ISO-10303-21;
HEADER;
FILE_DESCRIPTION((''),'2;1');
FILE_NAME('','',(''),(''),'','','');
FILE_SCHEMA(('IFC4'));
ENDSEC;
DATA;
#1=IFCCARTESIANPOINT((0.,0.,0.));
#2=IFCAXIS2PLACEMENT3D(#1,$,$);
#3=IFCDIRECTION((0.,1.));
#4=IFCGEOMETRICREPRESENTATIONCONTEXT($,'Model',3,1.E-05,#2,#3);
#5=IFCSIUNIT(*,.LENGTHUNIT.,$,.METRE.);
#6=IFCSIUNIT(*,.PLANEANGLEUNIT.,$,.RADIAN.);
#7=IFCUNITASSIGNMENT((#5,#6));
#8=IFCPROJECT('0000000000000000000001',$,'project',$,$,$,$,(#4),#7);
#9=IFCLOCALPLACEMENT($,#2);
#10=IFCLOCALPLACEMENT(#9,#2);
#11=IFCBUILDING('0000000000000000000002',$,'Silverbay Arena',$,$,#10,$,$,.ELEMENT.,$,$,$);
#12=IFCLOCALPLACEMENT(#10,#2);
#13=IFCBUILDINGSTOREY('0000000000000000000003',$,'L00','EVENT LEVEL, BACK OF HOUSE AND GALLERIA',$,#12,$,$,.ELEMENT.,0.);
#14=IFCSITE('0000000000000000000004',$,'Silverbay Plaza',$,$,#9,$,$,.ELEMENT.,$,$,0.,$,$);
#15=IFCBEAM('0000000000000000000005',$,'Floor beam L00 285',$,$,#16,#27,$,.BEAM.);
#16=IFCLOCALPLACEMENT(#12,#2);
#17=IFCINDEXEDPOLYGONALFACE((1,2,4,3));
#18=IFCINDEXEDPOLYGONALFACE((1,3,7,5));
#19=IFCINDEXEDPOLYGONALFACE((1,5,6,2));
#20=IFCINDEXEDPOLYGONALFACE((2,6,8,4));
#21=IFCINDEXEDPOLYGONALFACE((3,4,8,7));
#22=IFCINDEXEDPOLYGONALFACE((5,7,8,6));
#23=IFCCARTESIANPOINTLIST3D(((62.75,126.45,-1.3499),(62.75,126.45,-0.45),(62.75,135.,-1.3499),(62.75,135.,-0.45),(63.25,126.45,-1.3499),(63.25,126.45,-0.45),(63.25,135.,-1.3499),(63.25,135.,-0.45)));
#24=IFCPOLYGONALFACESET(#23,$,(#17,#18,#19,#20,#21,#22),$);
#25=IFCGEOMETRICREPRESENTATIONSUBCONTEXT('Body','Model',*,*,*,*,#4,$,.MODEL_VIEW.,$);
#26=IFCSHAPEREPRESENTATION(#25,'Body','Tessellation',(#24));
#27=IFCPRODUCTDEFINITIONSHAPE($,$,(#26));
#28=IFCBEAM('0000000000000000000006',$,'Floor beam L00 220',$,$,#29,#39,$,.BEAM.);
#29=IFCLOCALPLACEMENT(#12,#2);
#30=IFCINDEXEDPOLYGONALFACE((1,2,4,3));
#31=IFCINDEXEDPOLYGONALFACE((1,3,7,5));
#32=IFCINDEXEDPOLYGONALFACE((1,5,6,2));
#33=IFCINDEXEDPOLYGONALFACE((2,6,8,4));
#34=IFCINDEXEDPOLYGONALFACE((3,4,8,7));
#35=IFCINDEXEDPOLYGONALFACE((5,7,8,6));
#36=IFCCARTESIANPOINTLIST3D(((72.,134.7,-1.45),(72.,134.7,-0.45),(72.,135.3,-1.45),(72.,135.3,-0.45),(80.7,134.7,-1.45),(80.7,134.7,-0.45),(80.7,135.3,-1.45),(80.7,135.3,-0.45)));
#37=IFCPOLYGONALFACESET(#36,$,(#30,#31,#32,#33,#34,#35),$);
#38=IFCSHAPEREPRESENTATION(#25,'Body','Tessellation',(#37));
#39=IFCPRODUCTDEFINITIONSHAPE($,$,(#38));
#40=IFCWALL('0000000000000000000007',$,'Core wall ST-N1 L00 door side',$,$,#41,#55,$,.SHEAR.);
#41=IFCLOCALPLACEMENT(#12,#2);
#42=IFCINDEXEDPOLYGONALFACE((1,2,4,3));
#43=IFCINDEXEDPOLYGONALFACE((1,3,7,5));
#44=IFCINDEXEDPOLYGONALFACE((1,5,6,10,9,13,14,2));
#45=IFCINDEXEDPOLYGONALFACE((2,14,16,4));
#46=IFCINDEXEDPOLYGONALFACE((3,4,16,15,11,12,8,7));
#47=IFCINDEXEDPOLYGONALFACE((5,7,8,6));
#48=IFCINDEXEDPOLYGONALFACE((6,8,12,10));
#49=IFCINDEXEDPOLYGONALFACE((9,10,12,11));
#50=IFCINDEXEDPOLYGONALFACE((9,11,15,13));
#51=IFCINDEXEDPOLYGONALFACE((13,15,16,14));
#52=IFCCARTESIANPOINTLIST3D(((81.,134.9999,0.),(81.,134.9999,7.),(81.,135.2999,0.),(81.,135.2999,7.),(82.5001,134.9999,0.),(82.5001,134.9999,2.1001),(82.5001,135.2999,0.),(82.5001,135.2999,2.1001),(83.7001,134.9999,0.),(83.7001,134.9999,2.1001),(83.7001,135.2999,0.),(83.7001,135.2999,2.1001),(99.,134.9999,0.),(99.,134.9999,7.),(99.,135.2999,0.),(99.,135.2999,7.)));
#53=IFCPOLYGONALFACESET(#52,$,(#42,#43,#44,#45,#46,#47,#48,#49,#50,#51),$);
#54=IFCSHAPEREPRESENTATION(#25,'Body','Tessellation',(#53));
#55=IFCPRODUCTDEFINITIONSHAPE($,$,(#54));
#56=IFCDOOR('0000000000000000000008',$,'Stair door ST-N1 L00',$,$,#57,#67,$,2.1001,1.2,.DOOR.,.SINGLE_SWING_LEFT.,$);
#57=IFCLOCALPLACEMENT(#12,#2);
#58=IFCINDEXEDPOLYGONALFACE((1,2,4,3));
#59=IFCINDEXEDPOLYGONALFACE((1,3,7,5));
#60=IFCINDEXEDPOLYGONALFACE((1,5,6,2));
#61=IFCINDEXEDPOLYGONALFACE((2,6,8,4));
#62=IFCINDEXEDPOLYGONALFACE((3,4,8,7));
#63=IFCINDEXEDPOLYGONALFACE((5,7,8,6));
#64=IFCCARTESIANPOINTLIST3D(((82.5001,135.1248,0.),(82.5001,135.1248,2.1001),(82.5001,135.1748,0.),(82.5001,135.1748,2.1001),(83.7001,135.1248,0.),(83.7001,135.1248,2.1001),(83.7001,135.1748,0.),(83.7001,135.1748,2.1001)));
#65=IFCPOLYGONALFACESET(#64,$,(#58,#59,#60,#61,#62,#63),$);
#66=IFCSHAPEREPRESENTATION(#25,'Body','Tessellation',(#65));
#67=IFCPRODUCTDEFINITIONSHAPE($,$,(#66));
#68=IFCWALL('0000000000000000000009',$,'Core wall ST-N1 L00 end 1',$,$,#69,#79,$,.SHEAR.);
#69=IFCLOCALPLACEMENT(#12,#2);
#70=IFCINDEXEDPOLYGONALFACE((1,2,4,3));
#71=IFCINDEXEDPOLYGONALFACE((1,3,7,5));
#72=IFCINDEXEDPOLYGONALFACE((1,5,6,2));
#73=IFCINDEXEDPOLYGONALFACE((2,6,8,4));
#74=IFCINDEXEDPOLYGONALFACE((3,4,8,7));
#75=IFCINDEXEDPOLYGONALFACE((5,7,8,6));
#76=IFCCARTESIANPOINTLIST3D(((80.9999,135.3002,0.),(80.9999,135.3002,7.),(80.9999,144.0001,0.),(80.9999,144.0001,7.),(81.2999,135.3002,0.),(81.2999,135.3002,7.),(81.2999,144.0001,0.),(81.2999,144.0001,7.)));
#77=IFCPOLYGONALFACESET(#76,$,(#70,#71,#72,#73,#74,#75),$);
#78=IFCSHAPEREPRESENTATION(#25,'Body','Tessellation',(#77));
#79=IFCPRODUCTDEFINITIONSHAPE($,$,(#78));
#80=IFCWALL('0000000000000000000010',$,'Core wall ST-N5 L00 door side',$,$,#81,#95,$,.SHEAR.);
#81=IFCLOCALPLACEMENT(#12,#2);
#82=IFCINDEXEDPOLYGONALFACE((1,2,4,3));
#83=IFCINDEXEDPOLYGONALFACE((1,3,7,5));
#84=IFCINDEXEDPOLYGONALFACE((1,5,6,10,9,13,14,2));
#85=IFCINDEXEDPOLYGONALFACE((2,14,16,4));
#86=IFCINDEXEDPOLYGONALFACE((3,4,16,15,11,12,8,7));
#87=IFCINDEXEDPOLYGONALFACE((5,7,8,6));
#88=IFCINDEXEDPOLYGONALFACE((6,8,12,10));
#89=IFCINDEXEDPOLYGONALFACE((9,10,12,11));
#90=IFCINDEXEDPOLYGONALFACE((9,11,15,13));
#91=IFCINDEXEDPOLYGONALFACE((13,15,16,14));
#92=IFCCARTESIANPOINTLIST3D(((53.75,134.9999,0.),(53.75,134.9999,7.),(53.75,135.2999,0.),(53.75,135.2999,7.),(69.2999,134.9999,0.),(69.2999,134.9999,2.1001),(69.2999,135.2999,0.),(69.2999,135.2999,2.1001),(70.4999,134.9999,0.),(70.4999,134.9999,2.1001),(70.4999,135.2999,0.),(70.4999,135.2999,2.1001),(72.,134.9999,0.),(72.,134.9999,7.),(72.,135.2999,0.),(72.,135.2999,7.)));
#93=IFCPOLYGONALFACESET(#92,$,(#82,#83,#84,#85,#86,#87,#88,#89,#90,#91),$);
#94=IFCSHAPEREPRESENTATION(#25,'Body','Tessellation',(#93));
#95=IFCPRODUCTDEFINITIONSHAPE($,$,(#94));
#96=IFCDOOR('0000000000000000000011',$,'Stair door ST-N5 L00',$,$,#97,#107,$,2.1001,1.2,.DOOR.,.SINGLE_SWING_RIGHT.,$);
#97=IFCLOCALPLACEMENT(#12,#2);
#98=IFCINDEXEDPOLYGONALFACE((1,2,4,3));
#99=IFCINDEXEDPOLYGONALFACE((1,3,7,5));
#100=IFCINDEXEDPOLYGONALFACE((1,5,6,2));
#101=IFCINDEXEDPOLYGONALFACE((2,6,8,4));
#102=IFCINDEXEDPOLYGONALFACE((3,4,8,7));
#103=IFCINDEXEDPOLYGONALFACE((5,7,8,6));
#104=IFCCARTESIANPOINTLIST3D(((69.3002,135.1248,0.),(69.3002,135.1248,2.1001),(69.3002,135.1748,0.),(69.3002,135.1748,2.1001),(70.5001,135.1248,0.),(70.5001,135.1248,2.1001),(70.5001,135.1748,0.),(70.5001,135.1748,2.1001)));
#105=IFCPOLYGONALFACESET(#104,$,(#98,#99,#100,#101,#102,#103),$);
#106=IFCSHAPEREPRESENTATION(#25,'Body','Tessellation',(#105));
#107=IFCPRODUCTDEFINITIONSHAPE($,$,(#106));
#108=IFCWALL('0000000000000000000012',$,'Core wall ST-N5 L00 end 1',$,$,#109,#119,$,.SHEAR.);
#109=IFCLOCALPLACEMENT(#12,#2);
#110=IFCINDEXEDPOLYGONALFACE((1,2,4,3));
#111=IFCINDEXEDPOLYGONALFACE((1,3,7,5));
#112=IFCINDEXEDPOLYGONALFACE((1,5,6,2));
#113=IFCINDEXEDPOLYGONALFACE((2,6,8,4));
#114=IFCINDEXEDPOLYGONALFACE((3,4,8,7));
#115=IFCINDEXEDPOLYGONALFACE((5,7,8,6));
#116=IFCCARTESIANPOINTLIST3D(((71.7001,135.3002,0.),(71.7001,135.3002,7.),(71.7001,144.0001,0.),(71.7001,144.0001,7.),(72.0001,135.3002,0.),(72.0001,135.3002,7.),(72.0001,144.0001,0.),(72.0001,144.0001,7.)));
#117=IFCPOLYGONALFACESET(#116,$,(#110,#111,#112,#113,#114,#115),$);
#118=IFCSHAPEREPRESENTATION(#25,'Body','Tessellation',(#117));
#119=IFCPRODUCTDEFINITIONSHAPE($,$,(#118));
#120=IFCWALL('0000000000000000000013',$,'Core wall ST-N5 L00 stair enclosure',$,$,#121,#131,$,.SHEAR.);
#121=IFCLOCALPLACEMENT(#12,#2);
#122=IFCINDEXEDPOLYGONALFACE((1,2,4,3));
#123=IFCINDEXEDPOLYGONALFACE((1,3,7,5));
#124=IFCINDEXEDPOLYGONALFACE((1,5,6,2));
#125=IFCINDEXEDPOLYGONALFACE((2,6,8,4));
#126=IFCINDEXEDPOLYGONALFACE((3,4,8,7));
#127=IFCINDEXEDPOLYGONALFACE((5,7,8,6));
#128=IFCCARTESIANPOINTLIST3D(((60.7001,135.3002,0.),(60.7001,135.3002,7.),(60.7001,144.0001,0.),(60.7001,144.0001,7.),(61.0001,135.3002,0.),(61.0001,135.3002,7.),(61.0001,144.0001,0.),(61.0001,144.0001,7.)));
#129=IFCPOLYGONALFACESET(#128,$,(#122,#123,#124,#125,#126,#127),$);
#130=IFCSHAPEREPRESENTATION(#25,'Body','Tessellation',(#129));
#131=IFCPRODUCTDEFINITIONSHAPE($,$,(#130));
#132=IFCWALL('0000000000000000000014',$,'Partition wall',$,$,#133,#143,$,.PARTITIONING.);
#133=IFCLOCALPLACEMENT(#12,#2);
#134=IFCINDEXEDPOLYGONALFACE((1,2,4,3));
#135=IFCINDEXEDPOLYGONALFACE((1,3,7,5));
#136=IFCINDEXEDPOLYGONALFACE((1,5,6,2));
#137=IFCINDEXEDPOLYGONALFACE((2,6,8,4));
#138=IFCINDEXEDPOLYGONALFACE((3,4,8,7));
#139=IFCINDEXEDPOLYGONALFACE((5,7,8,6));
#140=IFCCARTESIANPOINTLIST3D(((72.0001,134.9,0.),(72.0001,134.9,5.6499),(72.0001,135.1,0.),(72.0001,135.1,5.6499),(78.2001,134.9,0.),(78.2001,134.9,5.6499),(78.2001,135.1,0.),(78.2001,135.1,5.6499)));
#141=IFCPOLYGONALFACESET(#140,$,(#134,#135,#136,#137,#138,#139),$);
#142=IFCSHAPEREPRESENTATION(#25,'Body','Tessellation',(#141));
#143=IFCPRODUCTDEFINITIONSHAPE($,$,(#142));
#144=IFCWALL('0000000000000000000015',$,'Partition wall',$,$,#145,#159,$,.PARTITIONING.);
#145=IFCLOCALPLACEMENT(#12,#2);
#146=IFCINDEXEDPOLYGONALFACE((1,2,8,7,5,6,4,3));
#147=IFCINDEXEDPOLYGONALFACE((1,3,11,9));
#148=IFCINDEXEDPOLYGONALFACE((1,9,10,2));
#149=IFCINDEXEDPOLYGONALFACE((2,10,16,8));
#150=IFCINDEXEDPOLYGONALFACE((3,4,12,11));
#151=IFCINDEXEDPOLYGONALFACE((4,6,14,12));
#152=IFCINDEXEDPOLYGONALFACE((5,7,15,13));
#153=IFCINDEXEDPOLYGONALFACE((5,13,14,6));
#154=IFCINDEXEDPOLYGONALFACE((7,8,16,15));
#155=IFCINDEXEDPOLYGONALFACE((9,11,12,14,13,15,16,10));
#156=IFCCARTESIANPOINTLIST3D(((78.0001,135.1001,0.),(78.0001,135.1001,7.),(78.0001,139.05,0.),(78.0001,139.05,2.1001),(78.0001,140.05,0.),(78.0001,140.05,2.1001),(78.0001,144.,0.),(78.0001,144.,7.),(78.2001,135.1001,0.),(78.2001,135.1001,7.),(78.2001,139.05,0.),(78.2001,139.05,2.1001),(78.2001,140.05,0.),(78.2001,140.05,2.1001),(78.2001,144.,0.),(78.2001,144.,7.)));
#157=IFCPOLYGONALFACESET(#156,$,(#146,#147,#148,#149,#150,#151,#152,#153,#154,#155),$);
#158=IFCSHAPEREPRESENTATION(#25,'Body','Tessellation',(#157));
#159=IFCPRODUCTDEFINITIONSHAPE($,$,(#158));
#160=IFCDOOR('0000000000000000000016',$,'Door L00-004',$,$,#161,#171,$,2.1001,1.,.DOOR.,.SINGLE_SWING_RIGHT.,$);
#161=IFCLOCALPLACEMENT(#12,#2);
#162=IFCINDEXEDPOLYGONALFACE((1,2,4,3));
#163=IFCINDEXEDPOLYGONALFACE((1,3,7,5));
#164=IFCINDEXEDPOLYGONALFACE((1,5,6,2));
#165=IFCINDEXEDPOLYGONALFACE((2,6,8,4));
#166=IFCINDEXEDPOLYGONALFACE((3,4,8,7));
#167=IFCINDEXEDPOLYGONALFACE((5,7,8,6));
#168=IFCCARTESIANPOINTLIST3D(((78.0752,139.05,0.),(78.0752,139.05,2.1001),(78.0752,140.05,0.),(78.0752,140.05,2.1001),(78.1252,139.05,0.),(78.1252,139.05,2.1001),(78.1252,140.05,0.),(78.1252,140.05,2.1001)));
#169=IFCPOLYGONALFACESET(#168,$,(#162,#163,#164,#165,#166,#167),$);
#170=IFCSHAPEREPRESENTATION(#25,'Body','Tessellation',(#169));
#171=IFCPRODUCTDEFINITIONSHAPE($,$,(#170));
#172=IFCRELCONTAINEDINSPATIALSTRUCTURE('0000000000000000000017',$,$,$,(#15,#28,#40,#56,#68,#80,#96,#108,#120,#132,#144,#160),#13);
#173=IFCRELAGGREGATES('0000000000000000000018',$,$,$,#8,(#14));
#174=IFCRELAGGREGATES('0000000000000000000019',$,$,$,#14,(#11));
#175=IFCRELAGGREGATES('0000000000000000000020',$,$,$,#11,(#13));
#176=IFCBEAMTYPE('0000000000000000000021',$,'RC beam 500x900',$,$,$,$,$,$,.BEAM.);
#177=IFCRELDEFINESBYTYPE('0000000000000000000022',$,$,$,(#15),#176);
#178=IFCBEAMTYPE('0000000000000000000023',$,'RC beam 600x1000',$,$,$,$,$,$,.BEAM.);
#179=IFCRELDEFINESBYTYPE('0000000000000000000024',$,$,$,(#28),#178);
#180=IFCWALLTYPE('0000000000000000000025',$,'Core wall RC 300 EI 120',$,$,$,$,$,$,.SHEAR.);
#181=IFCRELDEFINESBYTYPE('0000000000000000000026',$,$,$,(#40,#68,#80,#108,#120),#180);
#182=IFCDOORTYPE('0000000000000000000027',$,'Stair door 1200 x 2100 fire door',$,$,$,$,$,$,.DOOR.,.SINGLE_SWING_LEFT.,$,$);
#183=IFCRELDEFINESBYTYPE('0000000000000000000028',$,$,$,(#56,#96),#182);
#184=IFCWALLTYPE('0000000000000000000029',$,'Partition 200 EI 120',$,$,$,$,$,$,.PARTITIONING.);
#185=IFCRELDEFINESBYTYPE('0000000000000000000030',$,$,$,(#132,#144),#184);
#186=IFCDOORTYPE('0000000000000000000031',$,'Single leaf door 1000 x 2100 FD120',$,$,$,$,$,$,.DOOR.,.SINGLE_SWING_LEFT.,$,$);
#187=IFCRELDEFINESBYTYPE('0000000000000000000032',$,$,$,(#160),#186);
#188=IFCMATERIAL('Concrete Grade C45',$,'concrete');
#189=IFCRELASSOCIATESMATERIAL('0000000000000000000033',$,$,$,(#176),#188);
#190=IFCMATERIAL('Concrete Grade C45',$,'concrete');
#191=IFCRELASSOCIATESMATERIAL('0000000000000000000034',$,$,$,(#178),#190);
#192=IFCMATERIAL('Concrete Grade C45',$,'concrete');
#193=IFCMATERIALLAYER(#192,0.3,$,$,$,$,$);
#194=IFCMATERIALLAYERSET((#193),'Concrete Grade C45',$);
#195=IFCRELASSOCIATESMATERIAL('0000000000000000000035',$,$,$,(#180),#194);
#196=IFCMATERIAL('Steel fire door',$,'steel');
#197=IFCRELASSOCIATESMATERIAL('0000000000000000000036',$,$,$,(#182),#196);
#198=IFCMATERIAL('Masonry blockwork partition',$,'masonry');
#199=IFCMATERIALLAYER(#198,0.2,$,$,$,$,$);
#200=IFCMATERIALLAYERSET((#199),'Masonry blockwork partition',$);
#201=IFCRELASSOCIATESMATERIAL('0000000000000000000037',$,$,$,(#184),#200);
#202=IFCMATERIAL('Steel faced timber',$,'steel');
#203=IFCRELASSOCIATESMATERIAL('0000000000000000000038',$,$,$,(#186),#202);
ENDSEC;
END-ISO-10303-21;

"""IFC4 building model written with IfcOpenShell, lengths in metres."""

from ifc_helpers import new_model, si_unit, direction, frame, frame_2d, origin, origin_2d, place, context, subcontext, project, spatial, rectangle, extrude, material, layer, layer_set, material_profile, profile_set, type_object, element, fill, save


model = new_model("IFC4")

# Units and contexts
model_context = context("Model", 3, precision=1e-05, world=origin(), true_north=direction((0.0, 1.0)))
body_context = subcontext(model_context, "Body", "Model", "MODEL_VIEW")
ifc_project = project(units=[si_unit("LENGTHUNIT", "METRE"), si_unit("PLANEANGLEUNIT", "RADIAN")], contexts=[model_context])

# Site, building, storey
site_placement = place(None, origin())
site = spatial("IfcSite", under=ifc_project, at=site_placement, Name="Silverbay Plaza", CompositionType="ELEMENT", RefElevation=0.0)
building_placement = place(site_placement, origin())
building = spatial("IfcBuilding", under=site, at=building_placement, Name="Silverbay Arena", CompositionType="ELEMENT")
storey_placement = place(building_placement, origin())
storey = spatial("IfcBuildingStorey", under=building, at=storey_placement, Name="L00", Description="EVENT LEVEL, BACK OF HOUSE AND GALLERIA", CompositionType="ELEMENT", Elevation=0.0)

# Beams
ifc_material_1 = material(Name="Concrete Grade C45", Category="concrete")
ifc_material_profile_1 = material_profile(ifc_material_1, rectangle(XDim=0.5, YDim=0.8999, at=origin_2d()), Name="RC 500x900")
ifc_profile_set_1 = profile_set([ifc_material_profile_1], Name="Concrete Grade C45")
beam_type_1 = type_object("IfcBeamType", Name="RC beam 500x900", PredefinedType="BEAM", material=ifc_profile_set_1)
beam_1_placement = place(storey_placement, frame((63.0, 126.45, -0.8999), z_axis=(0.0, 1.0, 0.0), x_axis=(-1.0, 0.0, 0.0)))
element("IfcBeam", 1, at=beam_1_placement, inside=storey, type_object=beam_type_1, Name="Floor beam L00 285", PredefinedType="BEAM", context=body_context, shape_type="SweptSolid", body=[
    extrude(rectangle(XDim=0.5, YDim=0.8999, at=origin_2d()), origin(), (0.0, 0.0, 1.0), 8.55),
])
ifc_material_2 = material(Name="Concrete Grade C45", Category="concrete")
ifc_material_profile_2 = material_profile(ifc_material_2, rectangle(XDim=0.6001, YDim=1.0, at=origin_2d()), Name="RC 600x1000")
ifc_profile_set_2 = profile_set([ifc_material_profile_2], Name="Concrete Grade C45")
beam_type_2 = type_object("IfcBeamType", Name="RC beam 600x1000", PredefinedType="BEAM", material=ifc_profile_set_2)
beam_2_placement = place(storey_placement, frame((72.0, 135.0, -0.95), z_axis=(1.0, 0.0, 0.0), x_axis=(0.0, 1.0, 0.0)))
element("IfcBeam", 2, at=beam_2_placement, inside=storey, type_object=beam_type_2, Name="Floor beam L00 220", PredefinedType="BEAM", context=body_context, shape_type="SweptSolid", body=[
    extrude(rectangle(XDim=0.6001, YDim=1.0, at=origin_2d()), origin(), (0.0, 0.0, 1.0), 8.7),
])

# Wall, opening, door
ifc_material_3 = material(Name="Concrete Grade C45", Category="concrete")
ifc_layer_1 = layer(ifc_material_3, 0.3)
ifc_layer_set_1 = layer_set([ifc_layer_1], Name="Concrete Grade C45")
wall_type_1 = type_object("IfcWallType", Name="Core wall RC 300 EI 120", PredefinedType="SHEAR", material=ifc_layer_set_1)
wall_1_placement = place(storey_placement, frame((81.0, 135.1499, 0.0), z_axis=(0.0, 0.0, 1.0), x_axis=(1.0, 0.0, 0.0)))
wall_1 = element("IfcWall", 3, at=wall_1_placement, inside=storey, type_object=wall_type_1, Name="Core wall ST-N1 L00 door side", PredefinedType="SHEAR", context=body_context, shape_type="SweptSolid", body=[
    extrude(rectangle(XDim=18.0, YDim=0.3, at=frame_2d((9.0, 0.0))), origin(), (0.0, 0.0, 1.0), 7.0),
])
opening_1_placement = place(wall_1_placement, frame((1.5, 0.0, 0.0)))
opening_1 = element("IfcOpeningElement", 4, at=opening_1_placement, cuts=wall_1, PredefinedType="OPENING", context=body_context, shape_type="SweptSolid", body=[
    extrude(rectangle(XDim=1.2, YDim=2.1001, at=frame_2d((0.6001, 1.05))), frame((0.0, 0.1602, 0.0), z_axis=(0.0, -1.0, 0.0), x_axis=(1.0, 0.0, 0.0)), (0.0, 0.0, 1.0), 0.3201),
])
ifc_material_4 = material(Name="Steel fire door", Category="steel")
door_type_1 = type_object("IfcDoorType", Name="Stair door 1200 x 2100 fire door", OperationType="SINGLE_SWING_LEFT", PredefinedType="DOOR", material=ifc_material_4)
door_1_placement = place(opening_1_placement, origin())
door_1 = element("IfcDoor", 5, at=door_1_placement, inside=storey, type_object=door_type_1, Name="Stair door ST-N1 L00", OperationType="SINGLE_SWING_LEFT", OverallHeight=2.1001, OverallWidth=1.2, PredefinedType="DOOR", context=body_context, shape_type="SweptSolid", body=[
    extrude(rectangle(XDim=1.2, YDim=2.1001, at=frame_2d((0.6001, 1.05))), frame((0.0, 0.0249, 0.0), z_axis=(0.0, -1.0, 0.0), x_axis=(1.0, 0.0, 0.0)), (0.0, 0.0, 1.0), 0.05),
])
fill(opening_1, door_1)

# Wall
wall_2_placement = place(storey_placement, frame((81.1499, 135.3, 0.0), z_axis=(0.0, 0.0, 1.0), x_axis=(0.0, 1.0, 0.0)))
element("IfcWall", 6, at=wall_2_placement, inside=storey, type_object=wall_type_1, Name="Core wall ST-N1 L00 end 1", PredefinedType="SHEAR", context=body_context, shape_type="SweptSolid", body=[
    extrude(rectangle(XDim=8.7, YDim=0.3, at=frame_2d((4.3501, 0.0))), origin(), (0.0, 0.0, 1.0), 7.0),
])

# Wall, opening, door
wall_3_placement = place(storey_placement, frame((72.0, 135.1499, 0.0), z_axis=(0.0, 0.0, 1.0), x_axis=(-1.0, 0.0, 0.0)))
wall_3 = element("IfcWall", 7, at=wall_3_placement, inside=storey, type_object=wall_type_1, Name="Core wall ST-N5 L00 door side", PredefinedType="SHEAR", context=body_context, shape_type="SweptSolid", body=[
    extrude(rectangle(XDim=18.25, YDim=0.3, at=frame_2d((9.125, 0.0))), origin(), (0.0, 0.0, 1.0), 7.0),
])
opening_2_placement = place(wall_3_placement, frame((1.5, 0.0, 0.0)))
opening_2 = element("IfcOpeningElement", 8, at=opening_2_placement, cuts=wall_3, PredefinedType="OPENING", context=body_context, shape_type="SweptSolid", body=[
    extrude(rectangle(XDim=1.2, YDim=2.1001, at=frame_2d((0.6001, 1.05))), frame((0.0, 0.1602, 0.0), z_axis=(0.0, -1.0, 0.0), x_axis=(1.0, 0.0, 0.0)), (0.0, 0.0, 1.0), 0.3201),
])
door_2_placement = place(opening_2_placement, frame((1.2, 0.0, 0.0), z_axis=(0.0, 0.0, 1.0), x_axis=(-1.0, 0.0, 0.0)))
door_2 = element("IfcDoor", 9, at=door_2_placement, inside=storey, type_object=door_type_1, Name="Stair door ST-N5 L00", OperationType="SINGLE_SWING_RIGHT", OverallHeight=2.1001, OverallWidth=1.2, PredefinedType="DOOR", context=body_context, shape_type="SweptSolid", body=[
    extrude(rectangle(XDim=1.2, YDim=2.1001, at=frame_2d((0.6001, 1.05))), frame((0.0, 0.0249, 0.0), z_axis=(0.0, -1.0, 0.0), x_axis=(1.0, 0.0, 0.0)), (0.0, 0.0, 1.0), 0.05),
])
fill(opening_2, door_2)

# Walls
for number, where, z_axis, x_axis, name in (
    (10, (71.8501, 135.3, 0.0), (0.0, 0.0, 1.0), (0.0, 1.0, 0.0), "Core wall ST-N5 L00 end 1"),
    (11, (60.8501, 135.3, 0.0), (0.0, 0.0, 1.0), (0.0, 1.0, 0.0), "Core wall ST-N5 L00 stair enclosure"),
):
    element("IfcWall", number, at=place(storey_placement, frame(where, z_axis=z_axis, x_axis=x_axis)), inside=storey, type_object=wall_type_1, Name=name, PredefinedType="SHEAR", context=body_context, shape_type="SweptSolid", body=[
        extrude(rectangle(XDim=8.7, YDim=0.3, at=frame_2d((4.3501, 0.0))), origin(), (0.0, 0.0, 1.0), 7.0),
    ])
ifc_material_5 = material(Name="Masonry blockwork partition", Category="masonry")
ifc_layer_2 = layer(ifc_material_5, 0.2)
ifc_layer_set_2 = layer_set([ifc_layer_2], Name="Masonry blockwork partition")
wall_type_2 = type_object("IfcWallType", Name="Partition 200 EI 120", PredefinedType="PARTITIONING", material=ifc_layer_set_2)
wall_4_placement = place(storey_placement, frame((72.0, 135.0, 0.0), z_axis=(0.0, 0.0, 1.0), x_axis=(1.0, 0.0, 0.0)))
element("IfcWall", 12, at=wall_4_placement, inside=storey, type_object=wall_type_2, Name="Partition wall", PredefinedType="PARTITIONING", context=body_context, shape_type="SweptSolid", body=[
    extrude(rectangle(XDim=6.2, YDim=0.2, at=frame_2d((3.1001, 0.0))), origin(), (0.0, 0.0, 1.0), 5.6499),
])

# Wall, opening, door
wall_5_placement = place(storey_placement, frame((78.1001, 135.1001, 0.0), z_axis=(0.0, 0.0, 1.0), x_axis=(0.0, 1.0, 0.0)))
wall_5 = element("IfcWall", 13, at=wall_5_placement, inside=storey, type_object=wall_type_2, Name="Partition wall", PredefinedType="PARTITIONING", context=body_context, shape_type="SweptSolid", body=[
    extrude(rectangle(XDim=8.8999, YDim=0.2, at=frame_2d((4.45, 0.0))), origin(), (0.0, 0.0, 1.0), 7.0),
])
opening_3_placement = place(wall_5_placement, frame((3.95, 0.0, 0.0)))
opening_3 = element("IfcOpeningElement", 14, at=opening_3_placement, cuts=wall_5, PredefinedType="OPENING", context=body_context, shape_type="SweptSolid", body=[
    extrude(rectangle(XDim=1.0, YDim=2.1001, at=frame_2d((0.5, 1.05))), frame((0.0, 0.1099, 0.0), z_axis=(0.0, -1.0, 0.0), x_axis=(1.0, 0.0, 0.0)), (0.0, 0.0, 1.0), 0.22),
])
ifc_material_6 = material(Name="Steel faced timber", Category="steel")
door_type_2 = type_object("IfcDoorType", Name="Single leaf door 1000 x 2100 FD120", OperationType="SINGLE_SWING_LEFT", PredefinedType="DOOR", material=ifc_material_6)
door_3_placement = place(opening_3_placement, origin())
door_3 = element("IfcDoor", 15, at=door_3_placement, inside=storey, type_object=door_type_2, Name="Door L00-004", OperationType="SINGLE_SWING_RIGHT", OverallHeight=2.1001, OverallWidth=1.0, PredefinedType="DOOR", context=body_context, shape_type="SweptSolid", body=[
    extrude(rectangle(XDim=1.0, YDim=2.1001, at=frame_2d((0.5, 1.05))), frame((0.0, 0.0249, 0.0), z_axis=(0.0, -1.0, 0.0), x_axis=(1.0, 0.0, 0.0)), (0.0, 0.0, 1.0), 0.05),
])
fill(opening_3, door_3)

save(model, "model.ifc")
